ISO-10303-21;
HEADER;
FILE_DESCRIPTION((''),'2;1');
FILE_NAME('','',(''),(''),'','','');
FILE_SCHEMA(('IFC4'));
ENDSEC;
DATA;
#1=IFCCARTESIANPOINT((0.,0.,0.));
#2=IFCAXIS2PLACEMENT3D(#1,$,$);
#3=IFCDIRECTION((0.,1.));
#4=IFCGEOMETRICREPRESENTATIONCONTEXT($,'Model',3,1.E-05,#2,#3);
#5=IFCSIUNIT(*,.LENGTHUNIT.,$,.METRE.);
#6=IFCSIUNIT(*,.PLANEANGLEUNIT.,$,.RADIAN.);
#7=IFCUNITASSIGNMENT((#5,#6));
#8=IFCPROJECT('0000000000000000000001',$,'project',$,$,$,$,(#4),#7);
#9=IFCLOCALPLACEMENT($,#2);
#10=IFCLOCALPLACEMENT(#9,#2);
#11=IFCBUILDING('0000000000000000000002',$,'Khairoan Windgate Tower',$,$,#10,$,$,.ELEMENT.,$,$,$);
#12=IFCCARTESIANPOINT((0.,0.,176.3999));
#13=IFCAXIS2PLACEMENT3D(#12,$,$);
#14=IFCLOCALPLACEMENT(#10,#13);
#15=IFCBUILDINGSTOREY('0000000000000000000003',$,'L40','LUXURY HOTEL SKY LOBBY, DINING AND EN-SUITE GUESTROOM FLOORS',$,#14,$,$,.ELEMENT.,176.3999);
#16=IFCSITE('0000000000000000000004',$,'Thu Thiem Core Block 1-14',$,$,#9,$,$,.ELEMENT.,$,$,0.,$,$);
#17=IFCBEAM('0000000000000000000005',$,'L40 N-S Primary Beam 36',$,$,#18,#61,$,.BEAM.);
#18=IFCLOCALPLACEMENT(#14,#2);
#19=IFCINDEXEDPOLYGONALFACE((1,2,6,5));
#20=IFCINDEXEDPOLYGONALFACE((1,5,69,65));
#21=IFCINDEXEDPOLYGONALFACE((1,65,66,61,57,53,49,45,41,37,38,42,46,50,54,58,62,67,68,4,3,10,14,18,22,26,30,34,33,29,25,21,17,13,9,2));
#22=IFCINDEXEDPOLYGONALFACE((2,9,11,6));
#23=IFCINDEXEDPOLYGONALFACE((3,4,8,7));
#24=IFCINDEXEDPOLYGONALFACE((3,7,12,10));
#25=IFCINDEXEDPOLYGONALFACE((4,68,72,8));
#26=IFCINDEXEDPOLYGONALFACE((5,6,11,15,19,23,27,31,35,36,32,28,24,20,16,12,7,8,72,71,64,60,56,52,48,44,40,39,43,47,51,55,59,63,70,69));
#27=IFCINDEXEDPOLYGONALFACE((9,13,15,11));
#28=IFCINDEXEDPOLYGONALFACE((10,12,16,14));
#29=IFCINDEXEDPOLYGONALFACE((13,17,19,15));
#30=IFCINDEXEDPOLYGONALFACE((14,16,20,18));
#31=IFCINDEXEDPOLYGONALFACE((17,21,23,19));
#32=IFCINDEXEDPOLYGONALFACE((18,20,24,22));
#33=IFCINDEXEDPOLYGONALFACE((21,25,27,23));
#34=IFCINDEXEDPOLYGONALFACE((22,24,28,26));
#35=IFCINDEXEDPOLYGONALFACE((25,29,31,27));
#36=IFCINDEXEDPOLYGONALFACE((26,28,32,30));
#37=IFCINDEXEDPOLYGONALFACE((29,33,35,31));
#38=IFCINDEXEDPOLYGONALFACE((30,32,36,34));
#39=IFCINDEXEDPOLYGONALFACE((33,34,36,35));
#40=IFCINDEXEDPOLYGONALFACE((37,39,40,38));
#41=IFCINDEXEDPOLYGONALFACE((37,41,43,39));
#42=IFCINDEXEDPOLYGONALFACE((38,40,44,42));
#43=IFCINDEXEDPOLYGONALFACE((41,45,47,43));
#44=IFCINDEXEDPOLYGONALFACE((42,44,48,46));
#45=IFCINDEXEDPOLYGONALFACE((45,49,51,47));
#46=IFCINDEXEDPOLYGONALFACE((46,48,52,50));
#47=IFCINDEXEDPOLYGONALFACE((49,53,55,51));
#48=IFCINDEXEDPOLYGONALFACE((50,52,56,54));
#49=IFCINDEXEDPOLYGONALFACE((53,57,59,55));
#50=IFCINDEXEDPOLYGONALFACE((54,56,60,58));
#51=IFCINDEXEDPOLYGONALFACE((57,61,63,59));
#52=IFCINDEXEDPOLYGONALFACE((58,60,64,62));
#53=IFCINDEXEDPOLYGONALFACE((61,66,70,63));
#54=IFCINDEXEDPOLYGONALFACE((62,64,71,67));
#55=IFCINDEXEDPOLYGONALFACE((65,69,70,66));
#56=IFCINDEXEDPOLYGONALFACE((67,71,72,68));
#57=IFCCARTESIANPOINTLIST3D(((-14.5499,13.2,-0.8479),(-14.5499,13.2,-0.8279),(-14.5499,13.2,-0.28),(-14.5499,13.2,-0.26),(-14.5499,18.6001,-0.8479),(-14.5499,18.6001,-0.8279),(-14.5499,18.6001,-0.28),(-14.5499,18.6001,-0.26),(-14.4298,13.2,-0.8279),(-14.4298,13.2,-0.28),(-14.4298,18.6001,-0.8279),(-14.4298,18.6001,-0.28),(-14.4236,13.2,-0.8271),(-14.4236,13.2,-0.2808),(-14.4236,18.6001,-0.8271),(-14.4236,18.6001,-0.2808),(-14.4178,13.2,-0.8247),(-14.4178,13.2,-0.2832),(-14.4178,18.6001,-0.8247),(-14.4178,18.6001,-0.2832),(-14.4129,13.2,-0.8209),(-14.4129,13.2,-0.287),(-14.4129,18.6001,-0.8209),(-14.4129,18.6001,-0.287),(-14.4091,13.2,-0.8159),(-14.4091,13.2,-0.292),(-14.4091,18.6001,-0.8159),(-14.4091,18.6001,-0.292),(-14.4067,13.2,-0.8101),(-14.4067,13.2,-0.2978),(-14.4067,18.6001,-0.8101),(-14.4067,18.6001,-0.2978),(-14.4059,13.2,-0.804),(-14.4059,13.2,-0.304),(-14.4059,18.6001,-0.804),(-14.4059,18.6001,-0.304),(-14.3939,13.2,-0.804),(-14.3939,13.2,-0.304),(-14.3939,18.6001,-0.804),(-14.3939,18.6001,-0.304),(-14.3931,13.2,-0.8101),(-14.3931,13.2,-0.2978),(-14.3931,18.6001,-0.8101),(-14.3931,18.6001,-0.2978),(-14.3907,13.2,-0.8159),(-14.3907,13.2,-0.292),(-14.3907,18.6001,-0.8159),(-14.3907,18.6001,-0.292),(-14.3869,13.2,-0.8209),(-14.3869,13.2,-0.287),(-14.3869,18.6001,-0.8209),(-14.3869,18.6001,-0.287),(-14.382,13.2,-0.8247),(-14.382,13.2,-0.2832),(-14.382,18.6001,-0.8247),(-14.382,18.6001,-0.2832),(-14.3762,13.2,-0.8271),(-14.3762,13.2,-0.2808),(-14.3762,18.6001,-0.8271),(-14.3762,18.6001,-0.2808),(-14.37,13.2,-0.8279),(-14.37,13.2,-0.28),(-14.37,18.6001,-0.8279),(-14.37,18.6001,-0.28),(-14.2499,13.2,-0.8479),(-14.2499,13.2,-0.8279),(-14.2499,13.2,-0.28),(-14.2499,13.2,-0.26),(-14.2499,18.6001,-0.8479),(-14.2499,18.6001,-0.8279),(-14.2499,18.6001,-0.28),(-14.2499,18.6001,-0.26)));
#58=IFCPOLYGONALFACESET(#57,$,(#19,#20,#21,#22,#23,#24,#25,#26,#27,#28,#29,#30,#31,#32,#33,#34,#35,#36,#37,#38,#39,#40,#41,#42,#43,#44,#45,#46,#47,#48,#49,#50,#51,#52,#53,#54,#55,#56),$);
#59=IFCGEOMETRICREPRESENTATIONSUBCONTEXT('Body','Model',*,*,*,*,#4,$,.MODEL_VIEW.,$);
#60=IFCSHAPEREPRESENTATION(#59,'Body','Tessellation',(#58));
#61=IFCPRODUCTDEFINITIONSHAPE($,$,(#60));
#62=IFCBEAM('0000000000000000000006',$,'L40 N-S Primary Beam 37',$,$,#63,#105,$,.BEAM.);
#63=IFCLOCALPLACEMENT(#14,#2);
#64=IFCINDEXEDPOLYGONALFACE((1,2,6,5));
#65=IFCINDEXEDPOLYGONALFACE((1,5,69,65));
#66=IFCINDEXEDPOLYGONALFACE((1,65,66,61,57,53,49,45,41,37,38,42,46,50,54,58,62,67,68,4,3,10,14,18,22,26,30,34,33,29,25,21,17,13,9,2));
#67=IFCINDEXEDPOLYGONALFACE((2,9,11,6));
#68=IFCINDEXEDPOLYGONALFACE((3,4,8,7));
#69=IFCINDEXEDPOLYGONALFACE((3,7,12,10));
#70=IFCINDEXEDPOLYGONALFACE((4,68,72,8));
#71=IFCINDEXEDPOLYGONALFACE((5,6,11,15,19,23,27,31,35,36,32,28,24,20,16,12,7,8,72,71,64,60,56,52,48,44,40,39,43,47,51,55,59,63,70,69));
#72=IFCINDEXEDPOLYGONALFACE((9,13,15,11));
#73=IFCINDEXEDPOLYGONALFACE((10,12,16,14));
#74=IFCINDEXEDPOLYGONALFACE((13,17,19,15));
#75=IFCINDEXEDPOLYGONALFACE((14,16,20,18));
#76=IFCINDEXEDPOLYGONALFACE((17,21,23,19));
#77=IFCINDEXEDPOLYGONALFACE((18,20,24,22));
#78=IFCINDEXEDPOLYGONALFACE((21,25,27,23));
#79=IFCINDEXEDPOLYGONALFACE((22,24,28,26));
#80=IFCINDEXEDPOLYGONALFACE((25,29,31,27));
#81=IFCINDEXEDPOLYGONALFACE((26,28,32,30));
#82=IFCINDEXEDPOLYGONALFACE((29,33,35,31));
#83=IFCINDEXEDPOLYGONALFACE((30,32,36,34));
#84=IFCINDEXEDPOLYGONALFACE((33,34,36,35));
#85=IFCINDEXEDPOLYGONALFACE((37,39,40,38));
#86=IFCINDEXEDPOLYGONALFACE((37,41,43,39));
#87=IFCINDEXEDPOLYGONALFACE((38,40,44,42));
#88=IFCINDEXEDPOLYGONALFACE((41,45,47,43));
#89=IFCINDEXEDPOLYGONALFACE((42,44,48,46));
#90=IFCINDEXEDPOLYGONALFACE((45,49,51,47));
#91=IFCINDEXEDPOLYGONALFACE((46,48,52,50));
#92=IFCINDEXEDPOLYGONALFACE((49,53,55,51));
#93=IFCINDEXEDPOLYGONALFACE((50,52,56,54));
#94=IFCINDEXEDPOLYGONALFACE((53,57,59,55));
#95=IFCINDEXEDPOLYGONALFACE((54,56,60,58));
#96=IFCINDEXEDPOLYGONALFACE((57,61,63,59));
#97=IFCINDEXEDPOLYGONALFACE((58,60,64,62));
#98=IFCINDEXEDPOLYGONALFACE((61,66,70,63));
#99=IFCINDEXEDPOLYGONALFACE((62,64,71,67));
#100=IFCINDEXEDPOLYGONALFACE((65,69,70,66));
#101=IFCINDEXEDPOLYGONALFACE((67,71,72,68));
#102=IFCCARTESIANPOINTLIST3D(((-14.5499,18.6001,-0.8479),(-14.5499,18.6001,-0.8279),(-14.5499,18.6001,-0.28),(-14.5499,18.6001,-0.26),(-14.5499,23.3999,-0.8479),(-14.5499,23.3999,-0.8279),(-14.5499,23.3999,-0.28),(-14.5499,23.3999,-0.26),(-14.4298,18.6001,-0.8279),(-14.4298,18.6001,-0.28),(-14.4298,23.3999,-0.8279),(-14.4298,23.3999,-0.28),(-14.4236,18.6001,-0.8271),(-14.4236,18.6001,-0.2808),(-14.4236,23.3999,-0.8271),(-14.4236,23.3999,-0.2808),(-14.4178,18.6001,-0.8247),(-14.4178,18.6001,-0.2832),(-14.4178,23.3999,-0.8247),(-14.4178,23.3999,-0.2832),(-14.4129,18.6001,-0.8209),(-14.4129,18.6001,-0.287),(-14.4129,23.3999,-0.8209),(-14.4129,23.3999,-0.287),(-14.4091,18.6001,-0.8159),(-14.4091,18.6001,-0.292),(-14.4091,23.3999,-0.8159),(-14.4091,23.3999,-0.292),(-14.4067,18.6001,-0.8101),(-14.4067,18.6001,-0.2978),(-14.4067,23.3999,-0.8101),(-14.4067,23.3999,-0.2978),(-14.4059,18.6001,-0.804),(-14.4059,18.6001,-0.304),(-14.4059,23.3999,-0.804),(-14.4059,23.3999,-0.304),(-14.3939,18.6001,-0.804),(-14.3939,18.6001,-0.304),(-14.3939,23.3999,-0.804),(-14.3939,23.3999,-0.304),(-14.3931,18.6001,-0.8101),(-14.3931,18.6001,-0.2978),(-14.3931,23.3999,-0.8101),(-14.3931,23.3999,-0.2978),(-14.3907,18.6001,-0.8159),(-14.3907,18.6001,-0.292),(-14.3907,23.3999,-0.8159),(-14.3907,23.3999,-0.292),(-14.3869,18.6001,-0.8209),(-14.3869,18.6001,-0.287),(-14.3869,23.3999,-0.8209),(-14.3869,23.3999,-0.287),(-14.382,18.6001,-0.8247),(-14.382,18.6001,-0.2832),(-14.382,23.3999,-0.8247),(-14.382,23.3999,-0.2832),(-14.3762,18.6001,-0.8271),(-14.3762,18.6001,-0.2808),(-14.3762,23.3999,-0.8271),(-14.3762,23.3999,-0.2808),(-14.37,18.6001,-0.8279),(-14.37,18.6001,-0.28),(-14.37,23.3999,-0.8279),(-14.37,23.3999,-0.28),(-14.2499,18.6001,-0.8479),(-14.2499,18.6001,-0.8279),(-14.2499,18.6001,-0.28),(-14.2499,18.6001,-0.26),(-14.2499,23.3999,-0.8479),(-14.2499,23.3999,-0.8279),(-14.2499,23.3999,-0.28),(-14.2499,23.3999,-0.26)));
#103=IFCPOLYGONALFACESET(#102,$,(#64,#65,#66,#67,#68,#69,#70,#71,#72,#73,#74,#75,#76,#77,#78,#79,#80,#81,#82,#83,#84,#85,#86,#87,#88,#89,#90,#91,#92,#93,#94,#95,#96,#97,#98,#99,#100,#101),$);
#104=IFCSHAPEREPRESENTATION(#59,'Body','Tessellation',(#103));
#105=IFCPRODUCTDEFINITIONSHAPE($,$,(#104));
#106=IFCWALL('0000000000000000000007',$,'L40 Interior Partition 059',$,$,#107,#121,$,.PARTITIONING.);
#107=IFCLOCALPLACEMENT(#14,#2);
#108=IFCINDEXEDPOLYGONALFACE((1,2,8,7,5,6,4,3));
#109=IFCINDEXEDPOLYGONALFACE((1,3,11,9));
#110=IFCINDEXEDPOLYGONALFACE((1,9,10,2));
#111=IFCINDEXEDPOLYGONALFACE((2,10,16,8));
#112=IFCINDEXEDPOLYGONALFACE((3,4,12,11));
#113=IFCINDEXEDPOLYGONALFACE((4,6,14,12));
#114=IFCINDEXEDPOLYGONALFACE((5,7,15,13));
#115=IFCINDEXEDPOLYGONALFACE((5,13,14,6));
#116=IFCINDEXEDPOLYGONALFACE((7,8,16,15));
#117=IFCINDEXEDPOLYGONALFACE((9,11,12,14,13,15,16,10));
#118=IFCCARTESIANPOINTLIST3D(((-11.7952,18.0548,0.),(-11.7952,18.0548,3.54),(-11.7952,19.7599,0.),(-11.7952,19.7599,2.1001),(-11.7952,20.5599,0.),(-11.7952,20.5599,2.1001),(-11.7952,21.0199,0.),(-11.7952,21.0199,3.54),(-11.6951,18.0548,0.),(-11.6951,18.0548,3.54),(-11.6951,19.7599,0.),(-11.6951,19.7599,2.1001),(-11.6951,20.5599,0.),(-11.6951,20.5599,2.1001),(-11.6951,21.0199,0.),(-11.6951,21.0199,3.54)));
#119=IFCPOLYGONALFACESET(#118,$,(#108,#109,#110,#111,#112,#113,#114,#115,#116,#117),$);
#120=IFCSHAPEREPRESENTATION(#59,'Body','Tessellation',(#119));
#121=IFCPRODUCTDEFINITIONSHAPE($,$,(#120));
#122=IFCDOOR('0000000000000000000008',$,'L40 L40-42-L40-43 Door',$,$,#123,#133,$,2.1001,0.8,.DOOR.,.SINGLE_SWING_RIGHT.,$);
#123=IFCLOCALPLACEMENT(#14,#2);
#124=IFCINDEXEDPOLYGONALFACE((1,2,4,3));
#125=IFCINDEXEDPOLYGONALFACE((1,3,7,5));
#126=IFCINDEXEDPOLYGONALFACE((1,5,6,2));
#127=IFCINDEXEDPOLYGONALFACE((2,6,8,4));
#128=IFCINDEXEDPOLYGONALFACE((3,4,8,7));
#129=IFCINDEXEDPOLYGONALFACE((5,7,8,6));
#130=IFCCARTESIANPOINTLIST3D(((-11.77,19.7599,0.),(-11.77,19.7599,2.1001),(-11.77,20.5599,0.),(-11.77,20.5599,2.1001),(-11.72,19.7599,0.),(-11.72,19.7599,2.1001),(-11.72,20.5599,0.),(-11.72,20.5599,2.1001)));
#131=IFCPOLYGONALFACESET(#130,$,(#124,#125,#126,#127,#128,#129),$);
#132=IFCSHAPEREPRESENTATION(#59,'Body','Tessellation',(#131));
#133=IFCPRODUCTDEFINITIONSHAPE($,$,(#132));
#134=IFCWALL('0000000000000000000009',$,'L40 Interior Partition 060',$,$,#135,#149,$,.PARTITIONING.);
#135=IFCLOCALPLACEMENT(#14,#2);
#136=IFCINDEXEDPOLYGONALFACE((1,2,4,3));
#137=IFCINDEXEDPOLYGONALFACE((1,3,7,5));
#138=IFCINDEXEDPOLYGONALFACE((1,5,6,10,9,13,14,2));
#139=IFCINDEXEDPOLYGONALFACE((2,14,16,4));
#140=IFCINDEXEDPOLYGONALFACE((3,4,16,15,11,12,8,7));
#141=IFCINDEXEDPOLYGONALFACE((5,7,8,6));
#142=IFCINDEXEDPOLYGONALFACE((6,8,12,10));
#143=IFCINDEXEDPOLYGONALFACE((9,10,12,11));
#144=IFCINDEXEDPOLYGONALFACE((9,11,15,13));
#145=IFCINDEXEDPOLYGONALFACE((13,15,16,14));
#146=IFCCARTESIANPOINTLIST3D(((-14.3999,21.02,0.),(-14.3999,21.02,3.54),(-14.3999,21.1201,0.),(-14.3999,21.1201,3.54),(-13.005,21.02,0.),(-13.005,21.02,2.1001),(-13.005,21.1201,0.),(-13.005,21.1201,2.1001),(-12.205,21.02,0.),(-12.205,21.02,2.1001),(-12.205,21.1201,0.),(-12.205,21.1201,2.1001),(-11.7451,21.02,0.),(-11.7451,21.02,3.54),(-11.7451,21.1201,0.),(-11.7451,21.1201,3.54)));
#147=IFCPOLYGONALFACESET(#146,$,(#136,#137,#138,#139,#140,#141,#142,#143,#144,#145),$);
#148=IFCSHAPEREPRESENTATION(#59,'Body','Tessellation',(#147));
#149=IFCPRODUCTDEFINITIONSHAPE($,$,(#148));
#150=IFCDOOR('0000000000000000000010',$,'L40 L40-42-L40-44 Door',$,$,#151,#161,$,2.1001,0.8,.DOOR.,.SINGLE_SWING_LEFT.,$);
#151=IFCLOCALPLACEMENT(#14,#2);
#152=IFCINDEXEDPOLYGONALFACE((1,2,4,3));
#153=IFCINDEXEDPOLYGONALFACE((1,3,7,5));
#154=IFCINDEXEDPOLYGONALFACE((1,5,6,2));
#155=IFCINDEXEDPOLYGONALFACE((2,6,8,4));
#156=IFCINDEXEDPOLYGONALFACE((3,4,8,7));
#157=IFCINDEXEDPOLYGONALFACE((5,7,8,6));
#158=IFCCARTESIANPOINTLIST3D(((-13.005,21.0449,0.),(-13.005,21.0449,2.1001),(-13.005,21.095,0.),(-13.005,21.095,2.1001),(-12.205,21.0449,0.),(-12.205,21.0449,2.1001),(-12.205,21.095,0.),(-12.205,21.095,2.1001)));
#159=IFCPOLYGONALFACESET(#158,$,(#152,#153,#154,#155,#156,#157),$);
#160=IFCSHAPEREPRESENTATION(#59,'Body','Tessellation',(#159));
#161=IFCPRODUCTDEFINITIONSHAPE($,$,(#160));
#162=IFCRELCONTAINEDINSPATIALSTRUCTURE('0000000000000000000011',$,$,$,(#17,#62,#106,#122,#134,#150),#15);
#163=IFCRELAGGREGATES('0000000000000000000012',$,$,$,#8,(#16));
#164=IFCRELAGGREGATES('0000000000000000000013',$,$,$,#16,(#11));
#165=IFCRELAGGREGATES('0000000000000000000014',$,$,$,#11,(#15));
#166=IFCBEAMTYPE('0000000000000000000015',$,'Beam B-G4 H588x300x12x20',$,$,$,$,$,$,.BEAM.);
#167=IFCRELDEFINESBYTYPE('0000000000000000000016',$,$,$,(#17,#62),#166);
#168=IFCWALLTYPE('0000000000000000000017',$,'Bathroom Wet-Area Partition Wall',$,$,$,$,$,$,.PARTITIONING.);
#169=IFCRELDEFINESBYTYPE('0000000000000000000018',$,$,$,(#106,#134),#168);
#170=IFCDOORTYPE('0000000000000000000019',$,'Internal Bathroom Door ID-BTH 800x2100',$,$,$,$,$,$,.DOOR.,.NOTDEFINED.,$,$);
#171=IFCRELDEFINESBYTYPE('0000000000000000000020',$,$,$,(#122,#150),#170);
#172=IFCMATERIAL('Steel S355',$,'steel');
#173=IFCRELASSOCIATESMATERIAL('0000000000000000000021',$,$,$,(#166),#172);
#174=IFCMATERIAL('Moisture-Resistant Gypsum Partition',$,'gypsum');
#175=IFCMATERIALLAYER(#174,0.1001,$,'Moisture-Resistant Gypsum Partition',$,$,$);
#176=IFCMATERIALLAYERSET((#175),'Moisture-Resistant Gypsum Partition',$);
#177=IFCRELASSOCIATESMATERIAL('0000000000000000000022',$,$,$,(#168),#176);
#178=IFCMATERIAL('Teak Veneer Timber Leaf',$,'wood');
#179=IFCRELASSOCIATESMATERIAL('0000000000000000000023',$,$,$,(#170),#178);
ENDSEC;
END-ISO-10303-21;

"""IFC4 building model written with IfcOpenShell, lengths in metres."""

from ifc_helpers import new_model, si_unit, direction, frame, frame_2d, origin, origin_2d, place, context, subcontext, project, spatial, rectangle, i_section, extrude, material, layer, layer_set, material_profile, profile_set, type_object, element, fill, save


model = new_model("IFC4")

# Units and contexts
model_context = context("Model", 3, precision=1e-05, world=origin(), true_north=direction((0.0, 1.0)))
body_context = subcontext(model_context, "Body", "Model", "MODEL_VIEW")
ifc_project = project(units=[si_unit("LENGTHUNIT", "METRE"), si_unit("PLANEANGLEUNIT", "RADIAN")], contexts=[model_context])

# Site, building, storey
site_placement = place(None, origin())
site = spatial("IfcSite", under=ifc_project, at=site_placement, Name="Thu Thiem Core Block 1-14", CompositionType="ELEMENT", RefElevation=0.0)
building_placement = place(site_placement, origin())
building = spatial("IfcBuilding", under=site, at=building_placement, Name="Khairoan Windgate Tower", CompositionType="ELEMENT")
storey_placement = place(building_placement, frame((0.0, 0.0, 176.3999)))
storey = spatial("IfcBuildingStorey", under=building, at=storey_placement, Name="L40", Description="LUXURY HOTEL SKY LOBBY, DINING AND EN-SUITE GUESTROOM FLOORS", CompositionType="ELEMENT", Elevation=176.3999)

# Beams
ifc_material_1 = material(Name="Steel S355", Category="steel")
ifc_material_profile_1 = material_profile(ifc_material_1, i_section(OverallWidth=0.3, OverallDepth=0.5879, WebThickness=0.012, FlangeThickness=0.02, FilletRadius=0.0239, at=origin_2d()))
ifc_profile_set_1 = profile_set([ifc_material_profile_1], Name="Steel S355")
beam_type = type_object("IfcBeamType", Name="Beam B-G4 H588x300x12x20", PredefinedType="BEAM", material=ifc_profile_set_1)
beam_1_placement = place(storey_placement, frame((-14.3999, 13.2, -0.554), z_axis=(0.0, 1.0, 0.0), x_axis=(-1.0, 0.0, 0.0)))
element("IfcBeam", 1, at=beam_1_placement, inside=storey, type_object=beam_type, Name="L40 N-S Primary Beam 36", PredefinedType="BEAM", context=body_context, shape_type="SweptSolid", body=[
    extrude(i_section(OverallWidth=0.3, OverallDepth=0.5879, WebThickness=0.012, FlangeThickness=0.02, FilletRadius=0.0239, at=origin_2d()), origin(), (0.0, 0.0, 1.0), 5.4001),
])
beam_2_placement = place(storey_placement, frame((-14.3999, 18.6001, -0.554), z_axis=(0.0, 1.0, 0.0), x_axis=(-1.0, 0.0, 0.0)))
element("IfcBeam", 2, at=beam_2_placement, inside=storey, type_object=beam_type, Name="L40 N-S Primary Beam 37", PredefinedType="BEAM", context=body_context, shape_type="SweptSolid", body=[
    extrude(i_section(OverallWidth=0.3, OverallDepth=0.5879, WebThickness=0.012, FlangeThickness=0.02, FilletRadius=0.0239, at=origin_2d()), origin(), (0.0, 0.0, 1.0), 4.7998),
])

# Walls, openings, doors
ifc_material_2 = material(Name="Moisture-Resistant Gypsum Partition", Category="gypsum")
ifc_layer_1 = layer(ifc_material_2, 0.1001, Name="Moisture-Resistant Gypsum Partition")
ifc_layer_set_1 = layer_set([ifc_layer_1], Name="Moisture-Resistant Gypsum Partition")
wall_type_1 = type_object("IfcWallType", Name="Bathroom Wet-Area Partition Wall", PredefinedType="PARTITIONING", material=ifc_layer_set_1)
wall_1_placement = place(storey_placement, frame((-11.7451, 18.0549, 0.0), z_axis=(0.0, 0.0, 1.0), x_axis=(0.0, 1.0, 0.0)))
wall_1 = element("IfcWall", 3, at=wall_1_placement, inside=storey, type_object=wall_type_1, Name="L40 Interior Partition 059", PredefinedType="PARTITIONING", context=body_context, shape_type="SweptSolid", body=[
    extrude(rectangle(XDim=2.9651, YDim=0.1001, at=frame_2d((1.4824, 0.0))), origin(), (0.0, 0.0, 1.0), 3.54),
])
opening_1_placement = place(wall_1_placement, frame((1.7051, 0.0, 0.0)))
opening_1 = element("IfcOpeningElement", 4, at=opening_1_placement, cuts=wall_1, PredefinedType="OPENING", context=body_context, shape_type="SweptSolid", body=[
    extrude(rectangle(XDim=0.8, YDim=2.1001, at=frame_2d((0.3999, 1.05))), frame((0.0, 0.0601, 0.0), z_axis=(0.0, -1.0, 0.0), x_axis=(1.0, 0.0, 0.0)), (0.0, 0.0, 1.0), 0.1201),
])
ifc_material_3 = material(Name="Teak Veneer Timber Leaf", Category="wood")
door_type_1 = type_object("IfcDoorType", Name="Internal Bathroom Door ID-BTH 800x2100", OperationType="NOTDEFINED", PredefinedType="DOOR", material=ifc_material_3)
door_1_placement = place(opening_1_placement, origin())
door_1 = element("IfcDoor", 5, at=door_1_placement, inside=storey, type_object=door_type_1, Name="L40 L40-42-L40-43 Door", OperationType="SINGLE_SWING_RIGHT", OverallHeight=2.1001, OverallWidth=0.8, PredefinedType="DOOR", context=body_context, shape_type="SweptSolid", body=[
    extrude(rectangle(XDim=0.8, YDim=2.1001, at=frame_2d((0.3999, 1.05))), frame((0.0, 0.0249, 0.0), z_axis=(0.0, -1.0, 0.0), x_axis=(1.0, 0.0, 0.0)), (0.0, 0.0, 1.0), 0.05),
])
fill(opening_1, door_1)
wall_2_placement = place(storey_placement, frame((-14.3999, 21.0701, 0.0), z_axis=(0.0, 0.0, 1.0), x_axis=(1.0, 0.0, 0.0)))
wall_2 = element("IfcWall", 6, at=wall_2_placement, inside=storey, type_object=wall_type_1, Name="L40 Interior Partition 060", PredefinedType="PARTITIONING", context=body_context, shape_type="SweptSolid", body=[
    extrude(rectangle(XDim=2.6548, YDim=0.1001, at=frame_2d((1.3274, 0.0))), origin(), (0.0, 0.0, 1.0), 3.54),
])
opening_2_placement = place(wall_2_placement, frame((1.395, 0.0, 0.0)))
opening_2 = element("IfcOpeningElement", 7, at=opening_2_placement, cuts=wall_2, PredefinedType="OPENING", context=body_context, shape_type="SweptSolid", body=[
    extrude(rectangle(XDim=0.8, YDim=2.1001, at=frame_2d((0.3999, 1.05))), frame((0.0, 0.0601, 0.0), z_axis=(0.0, -1.0, 0.0), x_axis=(1.0, 0.0, 0.0)), (0.0, 0.0, 1.0), 0.1201),
])
door_2_placement = place(opening_2_placement, origin())
door_2 = element("IfcDoor", 8, at=door_2_placement, inside=storey, type_object=door_type_1, Name="L40 L40-42-L40-44 Door", OperationType="SINGLE_SWING_LEFT", OverallHeight=2.1001, OverallWidth=0.8, PredefinedType="DOOR", context=body_context, shape_type="SweptSolid", body=[
    extrude(rectangle(XDim=0.8, YDim=2.1001, at=frame_2d((0.3999, 1.05))), frame((0.0, 0.0249, 0.0), z_axis=(0.0, -1.0, 0.0), x_axis=(1.0, 0.0, 0.0)), (0.0, 0.0, 1.0), 0.05),
])
fill(opening_2, door_2)

save(model, "model.ifc")
